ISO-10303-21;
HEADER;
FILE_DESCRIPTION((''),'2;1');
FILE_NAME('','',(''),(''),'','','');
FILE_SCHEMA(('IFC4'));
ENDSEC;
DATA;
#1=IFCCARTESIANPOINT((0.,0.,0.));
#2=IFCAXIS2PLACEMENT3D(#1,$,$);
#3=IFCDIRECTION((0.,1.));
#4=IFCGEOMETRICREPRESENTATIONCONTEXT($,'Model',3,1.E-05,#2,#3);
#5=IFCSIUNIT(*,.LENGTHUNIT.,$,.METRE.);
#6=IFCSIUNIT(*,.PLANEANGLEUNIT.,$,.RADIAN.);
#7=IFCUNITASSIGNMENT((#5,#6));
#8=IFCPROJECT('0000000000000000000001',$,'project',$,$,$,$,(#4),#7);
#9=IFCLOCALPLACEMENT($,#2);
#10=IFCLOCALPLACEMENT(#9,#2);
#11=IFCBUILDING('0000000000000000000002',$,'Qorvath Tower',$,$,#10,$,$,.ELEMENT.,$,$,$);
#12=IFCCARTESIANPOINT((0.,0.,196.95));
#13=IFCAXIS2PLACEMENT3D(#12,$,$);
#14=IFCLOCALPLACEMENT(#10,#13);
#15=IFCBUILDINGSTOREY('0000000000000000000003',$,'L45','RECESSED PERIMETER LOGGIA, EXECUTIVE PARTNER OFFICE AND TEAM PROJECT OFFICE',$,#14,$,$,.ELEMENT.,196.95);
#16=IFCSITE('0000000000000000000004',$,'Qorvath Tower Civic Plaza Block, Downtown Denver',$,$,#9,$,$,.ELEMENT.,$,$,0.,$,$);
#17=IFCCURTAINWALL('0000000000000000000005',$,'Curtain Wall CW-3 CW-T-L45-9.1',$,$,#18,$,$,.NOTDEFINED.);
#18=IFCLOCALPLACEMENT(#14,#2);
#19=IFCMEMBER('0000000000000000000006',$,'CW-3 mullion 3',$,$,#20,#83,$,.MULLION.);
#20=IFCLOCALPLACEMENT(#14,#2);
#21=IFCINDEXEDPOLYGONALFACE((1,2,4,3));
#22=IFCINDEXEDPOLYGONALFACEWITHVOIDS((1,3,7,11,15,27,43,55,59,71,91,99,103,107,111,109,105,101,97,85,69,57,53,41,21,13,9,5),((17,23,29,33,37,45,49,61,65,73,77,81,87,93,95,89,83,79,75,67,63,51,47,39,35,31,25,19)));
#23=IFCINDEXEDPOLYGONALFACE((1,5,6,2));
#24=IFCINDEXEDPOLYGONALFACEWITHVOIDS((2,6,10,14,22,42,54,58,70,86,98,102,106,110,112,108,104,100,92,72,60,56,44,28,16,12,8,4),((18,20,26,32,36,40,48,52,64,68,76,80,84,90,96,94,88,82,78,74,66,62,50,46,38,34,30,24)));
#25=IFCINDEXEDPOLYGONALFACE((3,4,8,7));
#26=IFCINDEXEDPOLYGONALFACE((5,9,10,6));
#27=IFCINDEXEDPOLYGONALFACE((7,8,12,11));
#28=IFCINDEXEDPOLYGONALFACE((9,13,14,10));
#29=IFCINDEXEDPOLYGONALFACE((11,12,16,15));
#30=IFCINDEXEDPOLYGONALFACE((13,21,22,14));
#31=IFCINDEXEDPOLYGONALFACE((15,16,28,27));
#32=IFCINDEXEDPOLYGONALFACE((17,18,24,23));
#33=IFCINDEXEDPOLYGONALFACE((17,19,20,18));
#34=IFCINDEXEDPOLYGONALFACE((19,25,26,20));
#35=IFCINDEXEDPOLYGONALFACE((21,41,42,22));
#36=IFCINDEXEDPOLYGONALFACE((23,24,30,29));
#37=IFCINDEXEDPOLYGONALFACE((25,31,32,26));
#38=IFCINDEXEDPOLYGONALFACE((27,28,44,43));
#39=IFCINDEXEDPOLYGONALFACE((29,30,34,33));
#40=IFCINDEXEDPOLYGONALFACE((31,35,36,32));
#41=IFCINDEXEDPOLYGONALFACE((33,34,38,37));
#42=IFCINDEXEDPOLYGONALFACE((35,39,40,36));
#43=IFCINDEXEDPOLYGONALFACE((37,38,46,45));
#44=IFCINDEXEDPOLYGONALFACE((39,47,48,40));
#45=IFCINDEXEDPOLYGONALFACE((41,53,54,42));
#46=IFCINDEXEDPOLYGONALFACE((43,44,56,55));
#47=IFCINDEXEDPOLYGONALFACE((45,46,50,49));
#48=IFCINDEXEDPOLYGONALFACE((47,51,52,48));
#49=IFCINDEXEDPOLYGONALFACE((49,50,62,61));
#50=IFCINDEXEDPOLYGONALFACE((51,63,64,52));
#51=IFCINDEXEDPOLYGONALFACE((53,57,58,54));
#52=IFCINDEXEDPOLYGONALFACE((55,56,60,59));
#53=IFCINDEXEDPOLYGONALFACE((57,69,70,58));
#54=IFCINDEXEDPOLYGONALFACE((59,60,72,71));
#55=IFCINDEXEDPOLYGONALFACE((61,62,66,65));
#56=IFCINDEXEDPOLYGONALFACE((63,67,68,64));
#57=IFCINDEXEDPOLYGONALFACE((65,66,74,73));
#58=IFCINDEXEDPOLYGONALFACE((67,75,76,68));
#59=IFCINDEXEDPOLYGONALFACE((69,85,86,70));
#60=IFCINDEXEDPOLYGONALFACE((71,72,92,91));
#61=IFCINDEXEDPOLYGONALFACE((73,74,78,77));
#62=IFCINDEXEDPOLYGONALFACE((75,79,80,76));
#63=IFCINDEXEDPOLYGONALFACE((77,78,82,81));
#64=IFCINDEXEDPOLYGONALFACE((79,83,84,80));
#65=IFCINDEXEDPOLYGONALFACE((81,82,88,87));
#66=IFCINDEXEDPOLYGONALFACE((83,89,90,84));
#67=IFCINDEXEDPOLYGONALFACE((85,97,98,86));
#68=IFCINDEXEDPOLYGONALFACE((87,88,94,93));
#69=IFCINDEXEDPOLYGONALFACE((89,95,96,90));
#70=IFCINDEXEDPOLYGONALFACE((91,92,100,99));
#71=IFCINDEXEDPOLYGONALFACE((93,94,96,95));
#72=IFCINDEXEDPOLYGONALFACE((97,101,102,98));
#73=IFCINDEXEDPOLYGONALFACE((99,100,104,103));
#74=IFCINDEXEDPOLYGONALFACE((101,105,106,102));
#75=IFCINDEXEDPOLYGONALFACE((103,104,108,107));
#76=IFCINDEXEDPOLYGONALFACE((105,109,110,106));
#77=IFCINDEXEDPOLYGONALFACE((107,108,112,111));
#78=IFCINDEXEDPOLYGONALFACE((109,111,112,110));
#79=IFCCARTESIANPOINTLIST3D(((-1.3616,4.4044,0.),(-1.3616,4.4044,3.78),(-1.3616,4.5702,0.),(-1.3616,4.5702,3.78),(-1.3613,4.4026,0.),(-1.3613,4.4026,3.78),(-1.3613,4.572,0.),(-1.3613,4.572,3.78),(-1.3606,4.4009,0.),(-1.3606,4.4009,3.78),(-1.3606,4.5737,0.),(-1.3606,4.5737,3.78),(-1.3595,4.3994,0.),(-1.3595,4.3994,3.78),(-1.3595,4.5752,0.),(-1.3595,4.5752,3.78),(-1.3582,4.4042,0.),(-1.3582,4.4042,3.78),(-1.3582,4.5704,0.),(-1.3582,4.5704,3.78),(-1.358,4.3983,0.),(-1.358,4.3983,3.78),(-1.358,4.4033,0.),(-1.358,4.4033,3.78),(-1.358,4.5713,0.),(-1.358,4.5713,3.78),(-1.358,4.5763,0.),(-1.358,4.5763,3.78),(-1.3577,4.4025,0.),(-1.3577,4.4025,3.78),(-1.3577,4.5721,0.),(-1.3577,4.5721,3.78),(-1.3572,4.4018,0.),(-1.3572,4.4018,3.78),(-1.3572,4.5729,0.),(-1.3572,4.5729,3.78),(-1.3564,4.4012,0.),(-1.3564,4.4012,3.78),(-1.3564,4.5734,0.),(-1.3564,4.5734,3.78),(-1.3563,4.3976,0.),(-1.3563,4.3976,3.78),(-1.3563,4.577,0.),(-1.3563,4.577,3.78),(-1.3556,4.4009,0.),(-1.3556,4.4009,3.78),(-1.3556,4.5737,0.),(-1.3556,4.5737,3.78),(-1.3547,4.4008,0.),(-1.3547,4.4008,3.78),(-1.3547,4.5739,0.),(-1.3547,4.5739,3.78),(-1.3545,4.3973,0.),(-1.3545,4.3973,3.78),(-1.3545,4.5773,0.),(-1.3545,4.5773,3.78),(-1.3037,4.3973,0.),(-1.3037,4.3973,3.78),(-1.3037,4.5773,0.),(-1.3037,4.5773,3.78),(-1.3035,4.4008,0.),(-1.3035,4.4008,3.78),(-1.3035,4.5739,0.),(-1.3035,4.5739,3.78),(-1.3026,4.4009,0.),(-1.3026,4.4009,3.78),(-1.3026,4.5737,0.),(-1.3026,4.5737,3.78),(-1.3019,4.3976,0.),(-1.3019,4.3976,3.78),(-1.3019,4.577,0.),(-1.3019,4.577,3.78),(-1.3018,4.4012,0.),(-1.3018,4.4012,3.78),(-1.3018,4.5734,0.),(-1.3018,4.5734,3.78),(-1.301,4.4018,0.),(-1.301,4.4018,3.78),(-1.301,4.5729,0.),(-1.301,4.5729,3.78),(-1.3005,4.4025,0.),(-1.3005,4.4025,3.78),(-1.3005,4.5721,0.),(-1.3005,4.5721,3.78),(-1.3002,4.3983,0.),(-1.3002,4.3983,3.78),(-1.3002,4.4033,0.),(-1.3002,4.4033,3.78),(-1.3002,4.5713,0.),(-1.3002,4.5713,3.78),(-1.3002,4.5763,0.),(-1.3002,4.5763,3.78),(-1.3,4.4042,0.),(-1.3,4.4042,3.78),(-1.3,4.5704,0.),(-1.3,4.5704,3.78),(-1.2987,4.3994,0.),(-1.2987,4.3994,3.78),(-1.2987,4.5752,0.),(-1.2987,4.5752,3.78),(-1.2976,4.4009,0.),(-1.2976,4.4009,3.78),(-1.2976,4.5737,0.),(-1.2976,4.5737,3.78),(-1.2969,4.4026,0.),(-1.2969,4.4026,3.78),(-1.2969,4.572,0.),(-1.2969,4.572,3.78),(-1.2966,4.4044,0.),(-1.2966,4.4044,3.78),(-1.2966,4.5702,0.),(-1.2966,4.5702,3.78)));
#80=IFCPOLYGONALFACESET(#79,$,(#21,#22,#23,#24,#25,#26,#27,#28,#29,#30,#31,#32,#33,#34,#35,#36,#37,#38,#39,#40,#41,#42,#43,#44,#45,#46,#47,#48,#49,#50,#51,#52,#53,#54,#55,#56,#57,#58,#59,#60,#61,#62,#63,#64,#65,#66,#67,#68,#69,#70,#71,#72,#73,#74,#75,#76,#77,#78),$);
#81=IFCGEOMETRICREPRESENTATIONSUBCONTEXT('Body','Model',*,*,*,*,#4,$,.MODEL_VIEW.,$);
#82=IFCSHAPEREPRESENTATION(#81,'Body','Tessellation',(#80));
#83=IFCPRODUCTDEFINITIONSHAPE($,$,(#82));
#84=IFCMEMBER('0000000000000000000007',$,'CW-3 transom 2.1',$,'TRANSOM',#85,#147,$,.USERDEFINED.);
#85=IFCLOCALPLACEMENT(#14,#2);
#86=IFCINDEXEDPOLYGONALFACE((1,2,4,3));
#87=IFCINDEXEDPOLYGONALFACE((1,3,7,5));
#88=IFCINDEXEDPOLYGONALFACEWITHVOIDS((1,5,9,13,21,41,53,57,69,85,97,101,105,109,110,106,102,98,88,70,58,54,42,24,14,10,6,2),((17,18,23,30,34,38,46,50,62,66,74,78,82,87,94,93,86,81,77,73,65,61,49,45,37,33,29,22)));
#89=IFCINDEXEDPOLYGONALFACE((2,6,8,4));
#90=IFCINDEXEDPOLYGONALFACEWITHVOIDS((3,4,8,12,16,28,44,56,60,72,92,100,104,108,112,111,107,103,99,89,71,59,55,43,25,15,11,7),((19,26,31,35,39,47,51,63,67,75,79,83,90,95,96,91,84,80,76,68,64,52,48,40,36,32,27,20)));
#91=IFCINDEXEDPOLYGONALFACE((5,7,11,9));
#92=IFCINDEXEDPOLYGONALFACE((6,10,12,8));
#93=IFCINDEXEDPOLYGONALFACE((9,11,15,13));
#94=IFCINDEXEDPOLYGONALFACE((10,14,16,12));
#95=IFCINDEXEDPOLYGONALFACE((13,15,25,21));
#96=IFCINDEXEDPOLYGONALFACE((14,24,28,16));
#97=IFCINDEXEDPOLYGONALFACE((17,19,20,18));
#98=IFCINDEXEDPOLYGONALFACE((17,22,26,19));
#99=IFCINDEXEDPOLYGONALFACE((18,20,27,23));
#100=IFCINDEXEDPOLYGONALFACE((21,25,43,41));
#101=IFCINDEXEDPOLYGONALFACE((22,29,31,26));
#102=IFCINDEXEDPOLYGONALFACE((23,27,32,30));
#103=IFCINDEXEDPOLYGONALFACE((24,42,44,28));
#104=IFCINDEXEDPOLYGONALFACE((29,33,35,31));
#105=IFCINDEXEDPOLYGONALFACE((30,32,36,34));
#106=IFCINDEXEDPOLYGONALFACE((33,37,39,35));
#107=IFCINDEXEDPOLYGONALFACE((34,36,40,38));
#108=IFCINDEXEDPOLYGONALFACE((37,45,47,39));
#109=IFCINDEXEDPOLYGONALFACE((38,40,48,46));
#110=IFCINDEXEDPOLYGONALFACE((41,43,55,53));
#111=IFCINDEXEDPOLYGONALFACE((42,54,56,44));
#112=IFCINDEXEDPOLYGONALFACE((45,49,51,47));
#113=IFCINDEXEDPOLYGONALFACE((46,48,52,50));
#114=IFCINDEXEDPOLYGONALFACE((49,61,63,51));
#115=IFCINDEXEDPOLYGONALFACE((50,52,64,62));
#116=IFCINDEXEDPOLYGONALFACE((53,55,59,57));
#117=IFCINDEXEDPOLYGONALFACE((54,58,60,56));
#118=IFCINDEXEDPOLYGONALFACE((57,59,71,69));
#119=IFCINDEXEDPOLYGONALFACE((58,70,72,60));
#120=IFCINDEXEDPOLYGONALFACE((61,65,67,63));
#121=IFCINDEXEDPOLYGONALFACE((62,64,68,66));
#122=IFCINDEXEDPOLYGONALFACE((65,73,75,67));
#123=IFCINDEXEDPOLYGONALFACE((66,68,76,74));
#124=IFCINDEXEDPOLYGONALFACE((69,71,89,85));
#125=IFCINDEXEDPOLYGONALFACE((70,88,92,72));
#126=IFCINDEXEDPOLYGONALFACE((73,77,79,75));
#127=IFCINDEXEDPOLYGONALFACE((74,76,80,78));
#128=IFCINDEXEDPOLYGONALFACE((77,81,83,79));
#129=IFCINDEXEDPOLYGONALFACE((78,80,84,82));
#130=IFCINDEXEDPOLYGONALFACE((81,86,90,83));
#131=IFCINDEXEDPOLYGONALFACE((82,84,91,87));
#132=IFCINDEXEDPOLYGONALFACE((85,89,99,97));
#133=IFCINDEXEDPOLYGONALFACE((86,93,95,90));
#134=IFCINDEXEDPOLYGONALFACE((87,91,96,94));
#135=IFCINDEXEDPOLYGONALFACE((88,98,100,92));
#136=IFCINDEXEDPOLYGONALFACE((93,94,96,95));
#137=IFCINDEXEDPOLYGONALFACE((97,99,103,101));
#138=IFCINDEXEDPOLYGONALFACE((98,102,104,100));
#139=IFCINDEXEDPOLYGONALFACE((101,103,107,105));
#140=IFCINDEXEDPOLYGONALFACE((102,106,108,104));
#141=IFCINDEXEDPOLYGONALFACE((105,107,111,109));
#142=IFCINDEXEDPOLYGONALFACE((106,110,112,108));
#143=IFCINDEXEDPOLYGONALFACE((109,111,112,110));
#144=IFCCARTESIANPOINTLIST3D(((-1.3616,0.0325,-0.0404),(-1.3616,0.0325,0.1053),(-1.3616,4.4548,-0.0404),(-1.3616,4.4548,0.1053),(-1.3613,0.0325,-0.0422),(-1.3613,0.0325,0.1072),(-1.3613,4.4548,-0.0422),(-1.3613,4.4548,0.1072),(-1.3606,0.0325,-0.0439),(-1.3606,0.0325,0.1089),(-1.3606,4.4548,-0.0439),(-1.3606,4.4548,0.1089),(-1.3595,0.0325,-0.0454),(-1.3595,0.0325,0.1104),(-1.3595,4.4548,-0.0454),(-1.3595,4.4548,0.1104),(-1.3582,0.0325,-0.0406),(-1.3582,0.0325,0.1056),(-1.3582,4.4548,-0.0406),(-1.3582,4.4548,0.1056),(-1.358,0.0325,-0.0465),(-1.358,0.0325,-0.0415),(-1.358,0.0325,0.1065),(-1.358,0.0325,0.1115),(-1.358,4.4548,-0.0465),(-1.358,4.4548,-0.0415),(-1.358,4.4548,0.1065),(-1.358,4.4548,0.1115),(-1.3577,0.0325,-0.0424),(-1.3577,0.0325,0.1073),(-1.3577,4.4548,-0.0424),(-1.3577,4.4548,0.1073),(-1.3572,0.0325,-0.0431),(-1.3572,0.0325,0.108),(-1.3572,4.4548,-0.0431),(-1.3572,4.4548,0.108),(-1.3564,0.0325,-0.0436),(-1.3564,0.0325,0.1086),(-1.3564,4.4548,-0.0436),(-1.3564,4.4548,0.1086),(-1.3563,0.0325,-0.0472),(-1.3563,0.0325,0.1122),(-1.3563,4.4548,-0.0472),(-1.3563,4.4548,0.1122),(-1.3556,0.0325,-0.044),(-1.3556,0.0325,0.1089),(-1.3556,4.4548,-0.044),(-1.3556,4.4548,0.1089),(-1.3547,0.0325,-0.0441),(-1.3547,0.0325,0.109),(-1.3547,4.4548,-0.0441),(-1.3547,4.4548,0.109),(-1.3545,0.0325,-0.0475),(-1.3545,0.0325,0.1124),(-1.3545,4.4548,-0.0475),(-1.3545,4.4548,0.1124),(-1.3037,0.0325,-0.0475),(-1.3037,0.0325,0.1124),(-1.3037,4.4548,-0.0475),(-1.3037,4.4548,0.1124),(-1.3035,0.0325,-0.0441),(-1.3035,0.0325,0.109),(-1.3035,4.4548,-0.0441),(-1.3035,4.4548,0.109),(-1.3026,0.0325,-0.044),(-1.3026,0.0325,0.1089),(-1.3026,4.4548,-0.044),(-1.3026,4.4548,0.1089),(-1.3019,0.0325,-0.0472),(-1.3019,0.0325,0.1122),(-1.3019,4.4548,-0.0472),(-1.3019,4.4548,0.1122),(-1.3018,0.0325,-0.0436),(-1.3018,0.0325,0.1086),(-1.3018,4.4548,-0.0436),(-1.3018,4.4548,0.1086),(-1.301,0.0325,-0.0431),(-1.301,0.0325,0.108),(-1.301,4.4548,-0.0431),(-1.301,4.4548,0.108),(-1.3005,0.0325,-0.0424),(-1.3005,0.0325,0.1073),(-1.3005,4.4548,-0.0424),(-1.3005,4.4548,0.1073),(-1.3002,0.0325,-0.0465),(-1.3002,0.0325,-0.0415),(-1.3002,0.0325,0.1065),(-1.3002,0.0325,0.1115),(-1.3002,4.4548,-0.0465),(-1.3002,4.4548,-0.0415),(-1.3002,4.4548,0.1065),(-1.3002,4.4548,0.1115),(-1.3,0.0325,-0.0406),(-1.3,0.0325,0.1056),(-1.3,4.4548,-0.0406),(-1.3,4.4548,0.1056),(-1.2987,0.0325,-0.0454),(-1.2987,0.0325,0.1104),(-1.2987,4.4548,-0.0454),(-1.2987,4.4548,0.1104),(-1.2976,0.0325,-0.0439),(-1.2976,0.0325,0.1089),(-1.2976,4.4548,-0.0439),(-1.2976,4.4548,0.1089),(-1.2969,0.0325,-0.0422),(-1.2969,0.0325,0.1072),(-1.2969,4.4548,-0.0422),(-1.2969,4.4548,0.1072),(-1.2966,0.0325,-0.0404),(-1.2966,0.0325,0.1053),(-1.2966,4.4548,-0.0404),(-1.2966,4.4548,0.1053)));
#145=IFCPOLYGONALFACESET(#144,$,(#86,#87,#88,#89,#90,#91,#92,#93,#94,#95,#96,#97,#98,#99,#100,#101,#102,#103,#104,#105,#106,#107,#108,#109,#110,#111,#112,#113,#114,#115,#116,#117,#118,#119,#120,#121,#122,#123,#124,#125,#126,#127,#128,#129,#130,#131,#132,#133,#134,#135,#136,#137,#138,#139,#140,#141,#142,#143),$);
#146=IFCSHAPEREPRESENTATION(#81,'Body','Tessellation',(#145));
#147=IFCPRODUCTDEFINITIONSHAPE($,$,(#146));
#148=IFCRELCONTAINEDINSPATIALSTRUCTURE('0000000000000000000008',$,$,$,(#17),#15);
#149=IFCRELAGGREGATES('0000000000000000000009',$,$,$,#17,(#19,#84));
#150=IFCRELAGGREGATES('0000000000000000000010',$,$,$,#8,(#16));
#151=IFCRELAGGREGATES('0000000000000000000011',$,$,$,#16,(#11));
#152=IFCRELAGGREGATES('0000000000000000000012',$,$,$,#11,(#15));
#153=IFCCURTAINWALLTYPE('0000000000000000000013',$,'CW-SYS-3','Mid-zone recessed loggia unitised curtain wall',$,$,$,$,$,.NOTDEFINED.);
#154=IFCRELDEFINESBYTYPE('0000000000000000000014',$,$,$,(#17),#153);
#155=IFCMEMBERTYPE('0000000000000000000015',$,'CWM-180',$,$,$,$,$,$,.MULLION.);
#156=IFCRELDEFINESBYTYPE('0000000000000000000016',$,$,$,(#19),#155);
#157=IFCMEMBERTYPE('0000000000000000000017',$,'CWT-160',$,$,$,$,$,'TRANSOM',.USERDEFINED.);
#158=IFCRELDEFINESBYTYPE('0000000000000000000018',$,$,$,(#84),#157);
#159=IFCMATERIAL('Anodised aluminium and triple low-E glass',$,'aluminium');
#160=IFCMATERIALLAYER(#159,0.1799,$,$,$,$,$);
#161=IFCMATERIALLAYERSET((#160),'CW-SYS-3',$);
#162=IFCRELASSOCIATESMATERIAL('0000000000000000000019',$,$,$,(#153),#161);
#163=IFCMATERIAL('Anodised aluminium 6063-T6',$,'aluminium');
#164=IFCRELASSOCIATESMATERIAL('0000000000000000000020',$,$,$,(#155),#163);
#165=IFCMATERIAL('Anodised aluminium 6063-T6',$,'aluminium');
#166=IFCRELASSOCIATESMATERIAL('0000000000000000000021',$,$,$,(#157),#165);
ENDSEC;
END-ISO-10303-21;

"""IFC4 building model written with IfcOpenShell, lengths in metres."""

from ifc_helpers import new_model, si_unit, direction, frame, origin, origin_2d, place, context, subcontext, project, spatial, hollow_rectangle, extrude, material, layer, layer_set, material_profile, profile_set, type_object, element, aggregate, save


model = new_model("IFC4")

# Units and contexts
model_context = context("Model", 3, precision=1e-05, world=origin(), true_north=direction((0.0, 1.0)))
body_context = subcontext(model_context, "Body", "Model", "MODEL_VIEW")
ifc_project = project(units=[si_unit("LENGTHUNIT", "METRE"), si_unit("PLANEANGLEUNIT", "RADIAN")], contexts=[model_context])

# Site, building, storey
site_placement = place(None, origin())
site = spatial("IfcSite", under=ifc_project, at=site_placement, Name="Qorvath Tower Civic Plaza Block, Downtown Denver", CompositionType="ELEMENT", RefElevation=0.0)
building_placement = place(site_placement, origin())
building = spatial("IfcBuilding", under=site, at=building_placement, Name="Qorvath Tower", CompositionType="ELEMENT")
storey_placement = place(building_placement, frame((0.0, 0.0, 196.95)))
storey = spatial("IfcBuildingStorey", under=building, at=storey_placement, Name="L45", Description="RECESSED PERIMETER LOGGIA, EXECUTIVE PARTNER OFFICE AND TEAM PROJECT OFFICE", CompositionType="ELEMENT", Elevation=196.95)

# Curtain wall, members
ifc_material_1 = material(Name="Anodised aluminium and triple low-E glass", Category="aluminium")
ifc_layer_1 = layer(ifc_material_1, 0.1799)
ifc_layer_set_1 = layer_set([ifc_layer_1], Name="CW-SYS-3")
curtain_wall_type = type_object("IfcCurtainWallType", Name="CW-SYS-3", Description="Mid-zone recessed loggia unitised curtain wall", PredefinedType="NOTDEFINED", material=ifc_layer_set_1)
curtain_wall_placement = place(storey_placement, origin())
curtain_wall = element("IfcCurtainWall", 1, at=curtain_wall_placement, inside=storey, type_object=curtain_wall_type, Name="Curtain Wall CW-3 CW-T-L45-9.1", PredefinedType="NOTDEFINED")
ifc_material_2 = material(Name="Anodised aluminium 6063-T6", Category="aluminium")
ifc_material_profile_1 = material_profile(ifc_material_2, hollow_rectangle(XDim=0.0649, YDim=0.1799, WallThickness=0.0034, InnerFilletRadius=0.0034, OuterFilletRadius=0.0071, at=origin_2d()), Name="CWM 180x65")
ifc_profile_set_1 = profile_set([ifc_material_profile_1], Name="Anodised aluminium 6063-T6")
member_type_1 = type_object("IfcMemberType", Name="CWM-180", PredefinedType="MULLION", material=ifc_profile_set_1)
member_1_placement = place(storey_placement, frame((-1.3291, 4.4873, 0.0), z_axis=(0.0, 0.0, 1.0), x_axis=(-1.0, 0.0, 0.0)))
member_1 = element("IfcMember", 2, at=member_1_placement, type_object=member_type_1, Name="CW-3 mullion 3", PredefinedType="MULLION", context=body_context, shape_type="SweptSolid", body=[
    extrude(hollow_rectangle(XDim=0.0649, YDim=0.1799, WallThickness=0.0034, InnerFilletRadius=0.0034, OuterFilletRadius=0.0071, at=origin_2d()), origin(), (0.0, 0.0, 1.0), 3.78),
])
ifc_material_3 = material(Name="Anodised aluminium 6063-T6", Category="aluminium")
ifc_material_profile_2 = material_profile(ifc_material_3, hollow_rectangle(XDim=0.0649, YDim=0.1599, WallThickness=0.0034, InnerFilletRadius=0.0034, OuterFilletRadius=0.0071, at=origin_2d()), Name="CWT 160x65")
ifc_profile_set_2 = profile_set([ifc_material_profile_2], Name="Anodised aluminium 6063-T6")
member_type_2 = type_object("IfcMemberType", Name="CWT-160", ElementType="TRANSOM", PredefinedType="USERDEFINED", material=ifc_profile_set_2)
member_2_placement = place(storey_placement, frame((-1.3291, 0.0325, 0.0325), z_axis=(0.0, 1.0, 0.0), x_axis=(-1.0, 0.0, 0.0)))
member_2 = element("IfcMember", 3, at=member_2_placement, type_object=member_type_2, Name="CW-3 transom 2.1", ObjectType="TRANSOM", PredefinedType="USERDEFINED", context=body_context, shape_type="SweptSolid", body=[
    extrude(hollow_rectangle(XDim=0.0649, YDim=0.1599, WallThickness=0.0034, InnerFilletRadius=0.0034, OuterFilletRadius=0.0071, at=origin_2d()), origin(), (0.0, 0.0, 1.0), 4.4224),
])
aggregate(curtain_wall, [member_1, member_2])

save(model, "model.ifc")
